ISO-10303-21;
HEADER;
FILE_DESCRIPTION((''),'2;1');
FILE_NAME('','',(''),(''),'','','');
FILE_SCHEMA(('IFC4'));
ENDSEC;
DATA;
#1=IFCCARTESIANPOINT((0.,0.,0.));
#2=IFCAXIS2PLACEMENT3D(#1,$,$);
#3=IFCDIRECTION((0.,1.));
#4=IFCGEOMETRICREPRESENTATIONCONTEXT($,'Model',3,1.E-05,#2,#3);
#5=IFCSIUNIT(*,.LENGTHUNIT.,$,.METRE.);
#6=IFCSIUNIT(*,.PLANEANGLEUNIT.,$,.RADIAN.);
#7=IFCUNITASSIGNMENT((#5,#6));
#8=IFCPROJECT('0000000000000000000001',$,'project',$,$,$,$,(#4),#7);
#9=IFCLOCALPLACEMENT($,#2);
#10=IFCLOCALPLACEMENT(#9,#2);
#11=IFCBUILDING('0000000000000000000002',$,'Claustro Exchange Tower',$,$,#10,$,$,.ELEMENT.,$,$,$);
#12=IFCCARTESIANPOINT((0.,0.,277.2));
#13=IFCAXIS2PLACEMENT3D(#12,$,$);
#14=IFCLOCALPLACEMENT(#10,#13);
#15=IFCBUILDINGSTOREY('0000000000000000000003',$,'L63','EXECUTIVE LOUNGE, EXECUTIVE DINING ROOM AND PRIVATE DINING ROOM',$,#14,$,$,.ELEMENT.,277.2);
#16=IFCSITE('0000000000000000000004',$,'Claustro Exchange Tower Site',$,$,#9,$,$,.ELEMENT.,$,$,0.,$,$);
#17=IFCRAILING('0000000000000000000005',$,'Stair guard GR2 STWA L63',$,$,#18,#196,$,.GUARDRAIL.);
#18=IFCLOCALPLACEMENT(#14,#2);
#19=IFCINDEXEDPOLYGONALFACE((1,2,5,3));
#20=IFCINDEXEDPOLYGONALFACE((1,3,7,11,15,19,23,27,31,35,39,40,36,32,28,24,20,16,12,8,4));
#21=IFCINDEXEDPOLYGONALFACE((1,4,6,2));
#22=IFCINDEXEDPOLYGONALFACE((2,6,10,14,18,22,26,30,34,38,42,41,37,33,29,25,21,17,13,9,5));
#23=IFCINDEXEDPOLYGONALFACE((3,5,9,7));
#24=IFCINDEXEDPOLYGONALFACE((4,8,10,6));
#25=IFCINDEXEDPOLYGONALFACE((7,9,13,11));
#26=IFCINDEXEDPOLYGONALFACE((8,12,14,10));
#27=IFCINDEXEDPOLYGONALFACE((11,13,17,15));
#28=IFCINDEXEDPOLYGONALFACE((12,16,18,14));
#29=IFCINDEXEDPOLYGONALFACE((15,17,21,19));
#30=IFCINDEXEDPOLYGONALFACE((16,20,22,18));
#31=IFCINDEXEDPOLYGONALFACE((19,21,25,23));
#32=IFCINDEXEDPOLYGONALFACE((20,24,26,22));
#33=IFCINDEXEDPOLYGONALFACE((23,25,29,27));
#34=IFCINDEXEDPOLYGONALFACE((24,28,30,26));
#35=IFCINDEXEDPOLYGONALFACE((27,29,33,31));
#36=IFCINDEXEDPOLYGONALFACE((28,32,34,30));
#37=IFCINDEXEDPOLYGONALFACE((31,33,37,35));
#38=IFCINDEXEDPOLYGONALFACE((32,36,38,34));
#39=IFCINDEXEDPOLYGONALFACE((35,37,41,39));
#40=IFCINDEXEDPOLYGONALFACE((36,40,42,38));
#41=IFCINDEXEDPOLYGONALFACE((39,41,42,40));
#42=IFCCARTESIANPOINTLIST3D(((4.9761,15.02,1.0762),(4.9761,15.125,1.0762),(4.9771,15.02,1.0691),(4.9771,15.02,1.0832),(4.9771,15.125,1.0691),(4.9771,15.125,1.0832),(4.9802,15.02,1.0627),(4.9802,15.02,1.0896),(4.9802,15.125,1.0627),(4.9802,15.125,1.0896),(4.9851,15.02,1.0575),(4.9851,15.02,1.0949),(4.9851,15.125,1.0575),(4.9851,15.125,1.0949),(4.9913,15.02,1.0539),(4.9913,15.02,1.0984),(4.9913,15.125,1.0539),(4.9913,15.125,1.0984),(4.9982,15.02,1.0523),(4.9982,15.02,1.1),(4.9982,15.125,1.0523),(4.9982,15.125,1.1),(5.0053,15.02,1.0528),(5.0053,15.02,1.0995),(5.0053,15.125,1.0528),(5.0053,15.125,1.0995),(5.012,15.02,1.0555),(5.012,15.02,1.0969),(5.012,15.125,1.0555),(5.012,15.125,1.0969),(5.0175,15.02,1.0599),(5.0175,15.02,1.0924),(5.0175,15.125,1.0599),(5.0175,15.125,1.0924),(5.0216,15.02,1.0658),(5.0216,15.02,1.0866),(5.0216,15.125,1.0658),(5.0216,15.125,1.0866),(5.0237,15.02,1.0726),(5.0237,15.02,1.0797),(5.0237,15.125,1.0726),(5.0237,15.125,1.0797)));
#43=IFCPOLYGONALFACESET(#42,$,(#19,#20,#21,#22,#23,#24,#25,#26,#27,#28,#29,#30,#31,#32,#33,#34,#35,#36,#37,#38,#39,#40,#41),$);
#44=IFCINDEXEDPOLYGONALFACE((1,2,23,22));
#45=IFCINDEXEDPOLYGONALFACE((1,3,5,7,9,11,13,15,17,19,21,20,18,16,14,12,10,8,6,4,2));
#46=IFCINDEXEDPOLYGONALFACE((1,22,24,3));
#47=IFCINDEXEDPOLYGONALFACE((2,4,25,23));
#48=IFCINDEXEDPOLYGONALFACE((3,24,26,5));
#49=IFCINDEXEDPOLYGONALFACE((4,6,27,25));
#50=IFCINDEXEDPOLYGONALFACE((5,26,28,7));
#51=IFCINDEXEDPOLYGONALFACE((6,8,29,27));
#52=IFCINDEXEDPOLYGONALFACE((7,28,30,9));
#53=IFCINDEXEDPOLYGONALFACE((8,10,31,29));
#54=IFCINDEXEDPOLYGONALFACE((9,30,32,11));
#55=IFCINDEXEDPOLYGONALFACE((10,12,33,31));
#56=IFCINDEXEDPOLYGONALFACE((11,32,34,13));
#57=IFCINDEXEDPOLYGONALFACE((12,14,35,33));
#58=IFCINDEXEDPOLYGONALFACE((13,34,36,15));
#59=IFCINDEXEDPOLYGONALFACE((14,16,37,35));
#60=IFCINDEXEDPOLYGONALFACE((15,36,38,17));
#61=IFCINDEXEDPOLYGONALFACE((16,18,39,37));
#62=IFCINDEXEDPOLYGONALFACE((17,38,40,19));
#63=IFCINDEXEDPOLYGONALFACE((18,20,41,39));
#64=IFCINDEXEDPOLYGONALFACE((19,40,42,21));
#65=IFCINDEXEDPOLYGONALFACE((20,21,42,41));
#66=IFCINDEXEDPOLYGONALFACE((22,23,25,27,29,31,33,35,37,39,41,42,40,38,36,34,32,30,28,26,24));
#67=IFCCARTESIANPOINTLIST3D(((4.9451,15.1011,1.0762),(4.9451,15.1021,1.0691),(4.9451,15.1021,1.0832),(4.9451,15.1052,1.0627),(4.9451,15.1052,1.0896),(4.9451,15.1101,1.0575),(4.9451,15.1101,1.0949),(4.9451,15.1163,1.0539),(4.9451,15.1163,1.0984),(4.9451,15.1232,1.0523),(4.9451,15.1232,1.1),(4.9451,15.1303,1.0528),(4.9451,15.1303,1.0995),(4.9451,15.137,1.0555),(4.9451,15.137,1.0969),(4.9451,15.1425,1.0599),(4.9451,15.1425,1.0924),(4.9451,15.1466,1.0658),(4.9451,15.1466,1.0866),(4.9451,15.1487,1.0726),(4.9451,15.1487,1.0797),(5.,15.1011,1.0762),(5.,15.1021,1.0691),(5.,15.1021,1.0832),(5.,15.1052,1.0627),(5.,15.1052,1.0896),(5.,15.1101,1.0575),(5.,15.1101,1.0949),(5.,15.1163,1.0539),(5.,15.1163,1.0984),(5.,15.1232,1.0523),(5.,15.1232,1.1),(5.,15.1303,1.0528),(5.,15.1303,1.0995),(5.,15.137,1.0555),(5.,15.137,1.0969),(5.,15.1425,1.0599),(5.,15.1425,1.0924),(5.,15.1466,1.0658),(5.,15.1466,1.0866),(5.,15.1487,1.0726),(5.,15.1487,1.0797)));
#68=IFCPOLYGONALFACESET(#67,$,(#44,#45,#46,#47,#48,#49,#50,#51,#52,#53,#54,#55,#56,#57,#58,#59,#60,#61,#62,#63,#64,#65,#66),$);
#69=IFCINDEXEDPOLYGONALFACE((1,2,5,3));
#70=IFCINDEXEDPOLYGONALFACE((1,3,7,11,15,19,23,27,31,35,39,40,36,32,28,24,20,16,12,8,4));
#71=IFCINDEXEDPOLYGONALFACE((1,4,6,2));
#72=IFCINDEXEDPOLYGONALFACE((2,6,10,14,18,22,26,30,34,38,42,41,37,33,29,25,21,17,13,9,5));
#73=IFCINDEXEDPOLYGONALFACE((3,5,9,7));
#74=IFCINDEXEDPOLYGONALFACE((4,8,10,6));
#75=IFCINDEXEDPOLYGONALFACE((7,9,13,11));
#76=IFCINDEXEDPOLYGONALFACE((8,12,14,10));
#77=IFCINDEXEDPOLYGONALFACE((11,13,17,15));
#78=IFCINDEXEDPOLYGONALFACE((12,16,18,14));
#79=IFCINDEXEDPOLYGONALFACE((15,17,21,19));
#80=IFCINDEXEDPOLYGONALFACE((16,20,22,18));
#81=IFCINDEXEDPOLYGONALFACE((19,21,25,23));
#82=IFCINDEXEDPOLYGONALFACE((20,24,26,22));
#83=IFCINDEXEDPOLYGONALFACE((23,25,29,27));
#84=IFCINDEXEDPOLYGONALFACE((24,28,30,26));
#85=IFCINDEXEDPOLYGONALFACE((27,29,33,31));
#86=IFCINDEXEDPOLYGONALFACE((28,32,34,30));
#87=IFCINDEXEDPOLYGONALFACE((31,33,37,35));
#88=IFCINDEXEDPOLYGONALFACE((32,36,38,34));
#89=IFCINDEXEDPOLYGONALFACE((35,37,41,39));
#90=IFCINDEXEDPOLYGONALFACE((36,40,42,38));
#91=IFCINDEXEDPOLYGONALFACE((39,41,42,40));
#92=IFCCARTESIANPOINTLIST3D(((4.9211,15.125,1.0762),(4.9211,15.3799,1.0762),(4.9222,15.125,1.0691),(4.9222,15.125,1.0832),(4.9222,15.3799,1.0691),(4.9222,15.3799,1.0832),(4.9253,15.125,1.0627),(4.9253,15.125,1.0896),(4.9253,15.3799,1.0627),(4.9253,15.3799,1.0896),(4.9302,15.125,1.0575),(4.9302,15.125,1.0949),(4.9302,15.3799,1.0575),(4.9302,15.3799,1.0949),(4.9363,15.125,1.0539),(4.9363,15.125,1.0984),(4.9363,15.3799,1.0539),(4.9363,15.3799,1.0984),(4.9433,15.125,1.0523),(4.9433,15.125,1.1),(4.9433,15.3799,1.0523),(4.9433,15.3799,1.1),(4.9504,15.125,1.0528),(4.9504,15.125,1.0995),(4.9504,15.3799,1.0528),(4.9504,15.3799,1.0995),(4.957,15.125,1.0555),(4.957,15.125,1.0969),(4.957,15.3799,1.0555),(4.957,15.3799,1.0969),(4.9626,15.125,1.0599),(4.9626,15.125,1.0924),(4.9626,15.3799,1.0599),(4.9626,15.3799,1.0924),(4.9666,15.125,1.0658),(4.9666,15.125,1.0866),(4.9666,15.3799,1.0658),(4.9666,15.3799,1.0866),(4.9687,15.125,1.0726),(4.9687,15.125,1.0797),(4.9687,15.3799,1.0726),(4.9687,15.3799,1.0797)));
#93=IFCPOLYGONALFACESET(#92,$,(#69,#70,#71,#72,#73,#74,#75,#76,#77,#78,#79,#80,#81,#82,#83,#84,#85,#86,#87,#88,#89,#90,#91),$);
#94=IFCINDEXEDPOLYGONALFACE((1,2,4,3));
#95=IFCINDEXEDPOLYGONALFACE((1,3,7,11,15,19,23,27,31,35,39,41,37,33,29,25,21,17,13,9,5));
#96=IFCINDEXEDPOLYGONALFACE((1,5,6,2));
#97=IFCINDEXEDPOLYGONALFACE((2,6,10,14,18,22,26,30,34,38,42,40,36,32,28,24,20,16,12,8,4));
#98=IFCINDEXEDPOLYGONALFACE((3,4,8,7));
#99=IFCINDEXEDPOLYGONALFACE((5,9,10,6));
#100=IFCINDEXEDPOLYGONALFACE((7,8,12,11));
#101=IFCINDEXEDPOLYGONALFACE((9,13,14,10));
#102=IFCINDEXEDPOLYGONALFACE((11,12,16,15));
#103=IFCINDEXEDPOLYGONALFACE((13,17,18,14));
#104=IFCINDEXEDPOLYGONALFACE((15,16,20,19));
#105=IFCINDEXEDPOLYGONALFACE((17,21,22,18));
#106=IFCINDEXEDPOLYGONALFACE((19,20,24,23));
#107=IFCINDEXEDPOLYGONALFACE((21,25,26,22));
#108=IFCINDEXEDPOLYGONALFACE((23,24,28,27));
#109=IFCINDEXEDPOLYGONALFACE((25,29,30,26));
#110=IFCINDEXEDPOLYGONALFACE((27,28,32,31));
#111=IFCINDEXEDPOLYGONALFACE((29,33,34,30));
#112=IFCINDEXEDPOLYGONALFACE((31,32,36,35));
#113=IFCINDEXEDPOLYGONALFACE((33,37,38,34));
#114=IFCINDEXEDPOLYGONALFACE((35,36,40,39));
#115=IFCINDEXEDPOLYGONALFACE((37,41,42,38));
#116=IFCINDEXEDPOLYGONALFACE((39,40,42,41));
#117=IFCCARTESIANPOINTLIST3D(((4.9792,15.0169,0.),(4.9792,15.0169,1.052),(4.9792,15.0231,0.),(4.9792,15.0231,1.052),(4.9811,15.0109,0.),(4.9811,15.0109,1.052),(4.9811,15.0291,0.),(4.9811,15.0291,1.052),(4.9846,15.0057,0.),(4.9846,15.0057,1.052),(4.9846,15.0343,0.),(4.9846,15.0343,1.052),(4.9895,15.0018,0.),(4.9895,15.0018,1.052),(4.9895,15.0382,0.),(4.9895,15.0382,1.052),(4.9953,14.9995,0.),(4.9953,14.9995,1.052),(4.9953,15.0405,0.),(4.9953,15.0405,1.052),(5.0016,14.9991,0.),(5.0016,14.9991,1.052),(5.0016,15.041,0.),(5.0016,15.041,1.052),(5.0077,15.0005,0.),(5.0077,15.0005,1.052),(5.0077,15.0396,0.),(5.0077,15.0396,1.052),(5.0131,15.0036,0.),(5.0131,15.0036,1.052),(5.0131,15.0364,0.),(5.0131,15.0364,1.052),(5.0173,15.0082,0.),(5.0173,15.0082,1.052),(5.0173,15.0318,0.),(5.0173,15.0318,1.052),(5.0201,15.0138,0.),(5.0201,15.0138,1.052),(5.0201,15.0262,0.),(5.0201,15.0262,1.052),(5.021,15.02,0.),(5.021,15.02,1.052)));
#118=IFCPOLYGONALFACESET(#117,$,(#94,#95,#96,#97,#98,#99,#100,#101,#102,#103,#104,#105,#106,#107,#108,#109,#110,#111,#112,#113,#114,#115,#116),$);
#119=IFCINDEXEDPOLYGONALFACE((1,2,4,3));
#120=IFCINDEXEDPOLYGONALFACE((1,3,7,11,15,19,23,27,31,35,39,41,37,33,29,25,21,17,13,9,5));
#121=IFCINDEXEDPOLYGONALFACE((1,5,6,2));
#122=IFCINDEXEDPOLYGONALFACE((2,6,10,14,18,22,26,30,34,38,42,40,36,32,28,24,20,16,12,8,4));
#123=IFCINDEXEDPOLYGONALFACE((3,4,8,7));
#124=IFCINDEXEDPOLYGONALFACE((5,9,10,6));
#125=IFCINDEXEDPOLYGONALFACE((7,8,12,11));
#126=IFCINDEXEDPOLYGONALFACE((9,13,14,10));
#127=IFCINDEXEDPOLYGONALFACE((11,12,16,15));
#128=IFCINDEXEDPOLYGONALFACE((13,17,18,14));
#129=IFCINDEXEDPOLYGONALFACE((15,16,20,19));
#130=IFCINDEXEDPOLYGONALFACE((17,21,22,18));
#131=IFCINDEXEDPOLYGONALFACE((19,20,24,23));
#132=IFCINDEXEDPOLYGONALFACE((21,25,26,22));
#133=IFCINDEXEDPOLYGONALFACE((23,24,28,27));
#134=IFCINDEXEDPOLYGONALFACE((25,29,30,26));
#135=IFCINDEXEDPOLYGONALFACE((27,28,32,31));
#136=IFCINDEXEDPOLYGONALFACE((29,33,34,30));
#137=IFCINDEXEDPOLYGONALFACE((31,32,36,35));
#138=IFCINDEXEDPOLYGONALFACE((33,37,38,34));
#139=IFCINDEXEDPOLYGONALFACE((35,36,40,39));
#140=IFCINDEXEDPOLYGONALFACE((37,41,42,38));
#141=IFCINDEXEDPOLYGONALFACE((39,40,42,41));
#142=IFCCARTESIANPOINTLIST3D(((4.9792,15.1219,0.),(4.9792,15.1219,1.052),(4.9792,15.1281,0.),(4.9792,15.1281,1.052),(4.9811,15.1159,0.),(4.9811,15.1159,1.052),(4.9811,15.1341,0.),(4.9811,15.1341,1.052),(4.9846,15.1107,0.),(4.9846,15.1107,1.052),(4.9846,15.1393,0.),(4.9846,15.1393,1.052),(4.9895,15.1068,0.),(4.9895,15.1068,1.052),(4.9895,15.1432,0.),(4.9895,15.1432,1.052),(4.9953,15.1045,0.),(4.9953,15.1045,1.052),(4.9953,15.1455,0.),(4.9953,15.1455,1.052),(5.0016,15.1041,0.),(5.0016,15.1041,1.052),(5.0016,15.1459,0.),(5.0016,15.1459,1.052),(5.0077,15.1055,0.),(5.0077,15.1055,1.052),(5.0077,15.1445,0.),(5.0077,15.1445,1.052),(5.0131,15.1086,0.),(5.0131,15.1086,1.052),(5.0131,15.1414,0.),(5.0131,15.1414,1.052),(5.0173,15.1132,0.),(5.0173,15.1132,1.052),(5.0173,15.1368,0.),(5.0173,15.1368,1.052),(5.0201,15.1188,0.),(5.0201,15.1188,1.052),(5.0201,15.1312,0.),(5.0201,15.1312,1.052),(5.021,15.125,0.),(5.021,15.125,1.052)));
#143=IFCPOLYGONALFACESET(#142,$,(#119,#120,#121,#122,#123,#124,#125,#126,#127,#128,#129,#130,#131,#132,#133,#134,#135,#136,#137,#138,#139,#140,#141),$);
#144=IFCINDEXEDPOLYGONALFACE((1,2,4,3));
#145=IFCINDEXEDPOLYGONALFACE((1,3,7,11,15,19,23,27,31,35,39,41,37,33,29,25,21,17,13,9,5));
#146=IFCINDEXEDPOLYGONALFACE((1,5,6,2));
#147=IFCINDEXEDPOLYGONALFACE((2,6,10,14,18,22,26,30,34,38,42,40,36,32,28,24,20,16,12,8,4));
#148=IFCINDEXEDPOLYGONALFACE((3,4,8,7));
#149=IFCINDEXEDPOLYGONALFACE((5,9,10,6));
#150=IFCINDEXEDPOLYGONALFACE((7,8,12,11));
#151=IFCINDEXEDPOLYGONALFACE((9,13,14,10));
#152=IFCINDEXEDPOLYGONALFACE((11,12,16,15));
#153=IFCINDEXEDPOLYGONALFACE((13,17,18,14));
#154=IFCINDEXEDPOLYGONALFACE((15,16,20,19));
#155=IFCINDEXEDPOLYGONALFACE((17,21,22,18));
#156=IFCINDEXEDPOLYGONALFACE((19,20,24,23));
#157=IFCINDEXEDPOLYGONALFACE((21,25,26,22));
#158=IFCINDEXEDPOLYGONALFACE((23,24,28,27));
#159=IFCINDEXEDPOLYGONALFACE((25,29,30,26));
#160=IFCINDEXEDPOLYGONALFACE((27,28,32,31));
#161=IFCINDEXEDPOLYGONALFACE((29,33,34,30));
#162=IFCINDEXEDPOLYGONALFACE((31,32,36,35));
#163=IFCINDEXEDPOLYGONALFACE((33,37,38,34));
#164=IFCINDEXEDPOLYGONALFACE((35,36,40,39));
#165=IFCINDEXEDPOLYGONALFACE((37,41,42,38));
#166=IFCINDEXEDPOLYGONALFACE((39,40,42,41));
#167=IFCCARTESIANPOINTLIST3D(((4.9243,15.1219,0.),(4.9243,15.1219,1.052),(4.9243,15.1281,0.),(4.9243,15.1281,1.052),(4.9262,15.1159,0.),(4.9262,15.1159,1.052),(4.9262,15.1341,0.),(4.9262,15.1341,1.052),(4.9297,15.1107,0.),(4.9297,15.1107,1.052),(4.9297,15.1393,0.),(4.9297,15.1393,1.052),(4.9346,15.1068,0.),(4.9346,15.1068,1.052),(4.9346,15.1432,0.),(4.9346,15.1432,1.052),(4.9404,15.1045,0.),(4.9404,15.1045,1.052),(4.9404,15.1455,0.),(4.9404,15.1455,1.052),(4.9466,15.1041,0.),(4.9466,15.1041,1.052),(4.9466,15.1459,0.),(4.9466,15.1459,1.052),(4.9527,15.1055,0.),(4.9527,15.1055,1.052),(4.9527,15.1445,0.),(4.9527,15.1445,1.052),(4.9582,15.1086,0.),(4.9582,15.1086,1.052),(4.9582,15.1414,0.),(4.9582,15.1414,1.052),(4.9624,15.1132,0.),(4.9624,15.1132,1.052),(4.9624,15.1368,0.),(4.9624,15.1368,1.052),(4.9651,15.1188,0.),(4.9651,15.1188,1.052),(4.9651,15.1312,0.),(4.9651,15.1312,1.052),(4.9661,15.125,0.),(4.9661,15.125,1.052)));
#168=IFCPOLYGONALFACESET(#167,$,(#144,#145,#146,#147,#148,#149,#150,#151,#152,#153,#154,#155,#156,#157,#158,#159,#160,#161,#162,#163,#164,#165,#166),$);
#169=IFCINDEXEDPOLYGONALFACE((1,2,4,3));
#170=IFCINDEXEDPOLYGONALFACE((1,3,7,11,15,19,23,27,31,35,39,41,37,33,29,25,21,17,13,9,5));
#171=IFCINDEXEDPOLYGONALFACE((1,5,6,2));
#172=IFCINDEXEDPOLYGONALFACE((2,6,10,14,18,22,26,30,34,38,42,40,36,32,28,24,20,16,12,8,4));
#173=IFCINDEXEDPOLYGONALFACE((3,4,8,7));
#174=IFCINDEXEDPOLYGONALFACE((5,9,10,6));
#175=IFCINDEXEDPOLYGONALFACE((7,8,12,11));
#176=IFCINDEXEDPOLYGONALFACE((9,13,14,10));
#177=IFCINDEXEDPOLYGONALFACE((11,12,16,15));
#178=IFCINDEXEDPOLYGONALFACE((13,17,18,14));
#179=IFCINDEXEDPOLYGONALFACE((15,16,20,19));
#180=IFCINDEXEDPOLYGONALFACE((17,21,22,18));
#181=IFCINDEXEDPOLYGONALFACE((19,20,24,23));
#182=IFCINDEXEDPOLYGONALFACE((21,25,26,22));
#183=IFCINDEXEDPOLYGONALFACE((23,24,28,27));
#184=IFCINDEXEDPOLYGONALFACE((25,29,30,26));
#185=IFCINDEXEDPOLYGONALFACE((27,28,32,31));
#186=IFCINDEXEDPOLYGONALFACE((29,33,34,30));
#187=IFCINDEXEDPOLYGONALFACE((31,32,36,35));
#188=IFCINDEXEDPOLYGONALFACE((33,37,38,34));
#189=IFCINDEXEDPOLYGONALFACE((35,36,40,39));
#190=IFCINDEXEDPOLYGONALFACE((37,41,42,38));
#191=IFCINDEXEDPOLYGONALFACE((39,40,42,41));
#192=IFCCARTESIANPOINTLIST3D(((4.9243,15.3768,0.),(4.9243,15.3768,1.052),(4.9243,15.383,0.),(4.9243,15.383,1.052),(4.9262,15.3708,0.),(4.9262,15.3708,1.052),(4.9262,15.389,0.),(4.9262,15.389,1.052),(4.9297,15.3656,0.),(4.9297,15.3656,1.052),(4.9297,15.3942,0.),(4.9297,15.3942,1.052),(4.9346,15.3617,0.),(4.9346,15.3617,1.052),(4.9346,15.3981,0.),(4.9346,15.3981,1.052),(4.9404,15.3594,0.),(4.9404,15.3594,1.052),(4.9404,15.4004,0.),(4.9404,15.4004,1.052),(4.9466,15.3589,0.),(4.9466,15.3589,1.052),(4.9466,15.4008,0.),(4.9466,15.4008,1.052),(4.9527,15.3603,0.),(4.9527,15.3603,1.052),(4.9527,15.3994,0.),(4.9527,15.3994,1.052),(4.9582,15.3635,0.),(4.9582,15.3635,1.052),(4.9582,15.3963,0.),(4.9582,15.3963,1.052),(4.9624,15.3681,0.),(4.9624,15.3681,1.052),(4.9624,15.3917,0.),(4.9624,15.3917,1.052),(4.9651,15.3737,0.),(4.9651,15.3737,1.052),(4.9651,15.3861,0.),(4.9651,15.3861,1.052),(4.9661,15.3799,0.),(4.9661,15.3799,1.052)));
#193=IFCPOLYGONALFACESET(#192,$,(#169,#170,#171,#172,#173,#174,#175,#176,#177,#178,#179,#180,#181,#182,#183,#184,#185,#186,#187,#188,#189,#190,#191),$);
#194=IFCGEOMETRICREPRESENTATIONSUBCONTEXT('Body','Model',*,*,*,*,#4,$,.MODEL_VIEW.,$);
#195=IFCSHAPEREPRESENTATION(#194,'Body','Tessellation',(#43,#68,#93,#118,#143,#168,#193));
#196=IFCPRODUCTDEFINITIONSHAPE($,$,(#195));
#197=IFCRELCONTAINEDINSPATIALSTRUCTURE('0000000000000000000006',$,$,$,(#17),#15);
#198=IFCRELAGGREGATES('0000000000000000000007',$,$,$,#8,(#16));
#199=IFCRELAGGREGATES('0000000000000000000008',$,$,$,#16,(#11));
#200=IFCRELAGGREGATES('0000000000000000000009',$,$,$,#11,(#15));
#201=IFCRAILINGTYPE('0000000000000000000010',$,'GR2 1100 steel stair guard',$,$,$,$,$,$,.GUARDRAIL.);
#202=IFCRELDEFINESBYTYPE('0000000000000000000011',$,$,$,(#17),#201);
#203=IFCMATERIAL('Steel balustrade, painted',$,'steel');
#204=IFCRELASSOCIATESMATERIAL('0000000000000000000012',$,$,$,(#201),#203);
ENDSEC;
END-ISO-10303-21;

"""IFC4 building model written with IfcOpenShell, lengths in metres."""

from ifc_helpers import new_model, si_unit, direction, frame, origin, origin_2d, place, context, subcontext, project, spatial, circle, extrude, material, type_object, element, save


model = new_model("IFC4")

# Units and contexts
model_context = context("Model", 3, precision=1e-05, world=origin(), true_north=direction((0.0, 1.0)))
body_context = subcontext(model_context, "Body", "Model", "MODEL_VIEW")
ifc_project = project(units=[si_unit("LENGTHUNIT", "METRE"), si_unit("PLANEANGLEUNIT", "RADIAN")], contexts=[model_context])

# Site, building, storey
site_placement = place(None, origin())
site = spatial("IfcSite", under=ifc_project, at=site_placement, Name="Claustro Exchange Tower Site", CompositionType="ELEMENT", RefElevation=0.0)
building_placement = place(site_placement, origin())
building = spatial("IfcBuilding", under=site, at=building_placement, Name="Claustro Exchange Tower", CompositionType="ELEMENT")
storey_placement = place(building_placement, frame((0.0, 0.0, 277.2)))
storey = spatial("IfcBuildingStorey", under=building, at=storey_placement, Name="L63", Description="EXECUTIVE LOUNGE, EXECUTIVE DINING ROOM AND PRIVATE DINING ROOM", CompositionType="ELEMENT", Elevation=277.2)

# Railing
ifc_material_1 = material(Name="Steel balustrade, painted", Category="steel")
railing_type_1 = type_object("IfcRailingType", Name="GR2 1100 steel stair guard", PredefinedType="GUARDRAIL", material=ifc_material_1)
railing_1_placement = place(storey_placement, frame((5.0, 15.02, 0.0)))
element("IfcRailing", 1, at=railing_1_placement, inside=storey, type_object=railing_type_1, Name="Stair guard GR2 STWA L63", PredefinedType="GUARDRAIL", context=body_context, shape_type="SweptSolid", body=[
    extrude(circle(Radius=0.0239, at=origin_2d()), frame((0.0, 0.0, 1.0762), z_axis=(0.0, 1.0, 0.0), x_axis=(-1.0, 0.0, 0.0)), (0.0, 0.0, 1.0), 0.105),
    extrude(circle(Radius=0.0239, at=origin_2d()), frame((0.0, 0.105, 1.0762), z_axis=(-1.0, 0.0, 0.0), x_axis=(0.0, -1.0, 0.0)), (0.0, 0.0, 1.0), 0.0549),
    extrude(circle(Radius=0.0239, at=origin_2d()), frame((-0.0549, 0.105, 1.0762), z_axis=(0.0, 1.0, 0.0), x_axis=(-1.0, 0.0, 0.0)), (0.0, 0.0, 1.0), 0.2549),
    extrude(circle(Radius=0.021, at=origin_2d()), origin(), (0.0, 0.0, 1.0), 1.052),
    extrude(circle(Radius=0.021, at=origin_2d()), frame((0.0, 0.105, 0.0)), (0.0, 0.0, 1.0), 1.052),
    extrude(circle(Radius=0.021, at=origin_2d()), frame((-0.0549, 0.105, 0.0)), (0.0, 0.0, 1.0), 1.052),
    extrude(circle(Radius=0.021, at=origin_2d()), frame((-0.0549, 0.3599, 0.0)), (0.0, 0.0, 1.0), 1.052),
])

save(model, "model.ifc")
